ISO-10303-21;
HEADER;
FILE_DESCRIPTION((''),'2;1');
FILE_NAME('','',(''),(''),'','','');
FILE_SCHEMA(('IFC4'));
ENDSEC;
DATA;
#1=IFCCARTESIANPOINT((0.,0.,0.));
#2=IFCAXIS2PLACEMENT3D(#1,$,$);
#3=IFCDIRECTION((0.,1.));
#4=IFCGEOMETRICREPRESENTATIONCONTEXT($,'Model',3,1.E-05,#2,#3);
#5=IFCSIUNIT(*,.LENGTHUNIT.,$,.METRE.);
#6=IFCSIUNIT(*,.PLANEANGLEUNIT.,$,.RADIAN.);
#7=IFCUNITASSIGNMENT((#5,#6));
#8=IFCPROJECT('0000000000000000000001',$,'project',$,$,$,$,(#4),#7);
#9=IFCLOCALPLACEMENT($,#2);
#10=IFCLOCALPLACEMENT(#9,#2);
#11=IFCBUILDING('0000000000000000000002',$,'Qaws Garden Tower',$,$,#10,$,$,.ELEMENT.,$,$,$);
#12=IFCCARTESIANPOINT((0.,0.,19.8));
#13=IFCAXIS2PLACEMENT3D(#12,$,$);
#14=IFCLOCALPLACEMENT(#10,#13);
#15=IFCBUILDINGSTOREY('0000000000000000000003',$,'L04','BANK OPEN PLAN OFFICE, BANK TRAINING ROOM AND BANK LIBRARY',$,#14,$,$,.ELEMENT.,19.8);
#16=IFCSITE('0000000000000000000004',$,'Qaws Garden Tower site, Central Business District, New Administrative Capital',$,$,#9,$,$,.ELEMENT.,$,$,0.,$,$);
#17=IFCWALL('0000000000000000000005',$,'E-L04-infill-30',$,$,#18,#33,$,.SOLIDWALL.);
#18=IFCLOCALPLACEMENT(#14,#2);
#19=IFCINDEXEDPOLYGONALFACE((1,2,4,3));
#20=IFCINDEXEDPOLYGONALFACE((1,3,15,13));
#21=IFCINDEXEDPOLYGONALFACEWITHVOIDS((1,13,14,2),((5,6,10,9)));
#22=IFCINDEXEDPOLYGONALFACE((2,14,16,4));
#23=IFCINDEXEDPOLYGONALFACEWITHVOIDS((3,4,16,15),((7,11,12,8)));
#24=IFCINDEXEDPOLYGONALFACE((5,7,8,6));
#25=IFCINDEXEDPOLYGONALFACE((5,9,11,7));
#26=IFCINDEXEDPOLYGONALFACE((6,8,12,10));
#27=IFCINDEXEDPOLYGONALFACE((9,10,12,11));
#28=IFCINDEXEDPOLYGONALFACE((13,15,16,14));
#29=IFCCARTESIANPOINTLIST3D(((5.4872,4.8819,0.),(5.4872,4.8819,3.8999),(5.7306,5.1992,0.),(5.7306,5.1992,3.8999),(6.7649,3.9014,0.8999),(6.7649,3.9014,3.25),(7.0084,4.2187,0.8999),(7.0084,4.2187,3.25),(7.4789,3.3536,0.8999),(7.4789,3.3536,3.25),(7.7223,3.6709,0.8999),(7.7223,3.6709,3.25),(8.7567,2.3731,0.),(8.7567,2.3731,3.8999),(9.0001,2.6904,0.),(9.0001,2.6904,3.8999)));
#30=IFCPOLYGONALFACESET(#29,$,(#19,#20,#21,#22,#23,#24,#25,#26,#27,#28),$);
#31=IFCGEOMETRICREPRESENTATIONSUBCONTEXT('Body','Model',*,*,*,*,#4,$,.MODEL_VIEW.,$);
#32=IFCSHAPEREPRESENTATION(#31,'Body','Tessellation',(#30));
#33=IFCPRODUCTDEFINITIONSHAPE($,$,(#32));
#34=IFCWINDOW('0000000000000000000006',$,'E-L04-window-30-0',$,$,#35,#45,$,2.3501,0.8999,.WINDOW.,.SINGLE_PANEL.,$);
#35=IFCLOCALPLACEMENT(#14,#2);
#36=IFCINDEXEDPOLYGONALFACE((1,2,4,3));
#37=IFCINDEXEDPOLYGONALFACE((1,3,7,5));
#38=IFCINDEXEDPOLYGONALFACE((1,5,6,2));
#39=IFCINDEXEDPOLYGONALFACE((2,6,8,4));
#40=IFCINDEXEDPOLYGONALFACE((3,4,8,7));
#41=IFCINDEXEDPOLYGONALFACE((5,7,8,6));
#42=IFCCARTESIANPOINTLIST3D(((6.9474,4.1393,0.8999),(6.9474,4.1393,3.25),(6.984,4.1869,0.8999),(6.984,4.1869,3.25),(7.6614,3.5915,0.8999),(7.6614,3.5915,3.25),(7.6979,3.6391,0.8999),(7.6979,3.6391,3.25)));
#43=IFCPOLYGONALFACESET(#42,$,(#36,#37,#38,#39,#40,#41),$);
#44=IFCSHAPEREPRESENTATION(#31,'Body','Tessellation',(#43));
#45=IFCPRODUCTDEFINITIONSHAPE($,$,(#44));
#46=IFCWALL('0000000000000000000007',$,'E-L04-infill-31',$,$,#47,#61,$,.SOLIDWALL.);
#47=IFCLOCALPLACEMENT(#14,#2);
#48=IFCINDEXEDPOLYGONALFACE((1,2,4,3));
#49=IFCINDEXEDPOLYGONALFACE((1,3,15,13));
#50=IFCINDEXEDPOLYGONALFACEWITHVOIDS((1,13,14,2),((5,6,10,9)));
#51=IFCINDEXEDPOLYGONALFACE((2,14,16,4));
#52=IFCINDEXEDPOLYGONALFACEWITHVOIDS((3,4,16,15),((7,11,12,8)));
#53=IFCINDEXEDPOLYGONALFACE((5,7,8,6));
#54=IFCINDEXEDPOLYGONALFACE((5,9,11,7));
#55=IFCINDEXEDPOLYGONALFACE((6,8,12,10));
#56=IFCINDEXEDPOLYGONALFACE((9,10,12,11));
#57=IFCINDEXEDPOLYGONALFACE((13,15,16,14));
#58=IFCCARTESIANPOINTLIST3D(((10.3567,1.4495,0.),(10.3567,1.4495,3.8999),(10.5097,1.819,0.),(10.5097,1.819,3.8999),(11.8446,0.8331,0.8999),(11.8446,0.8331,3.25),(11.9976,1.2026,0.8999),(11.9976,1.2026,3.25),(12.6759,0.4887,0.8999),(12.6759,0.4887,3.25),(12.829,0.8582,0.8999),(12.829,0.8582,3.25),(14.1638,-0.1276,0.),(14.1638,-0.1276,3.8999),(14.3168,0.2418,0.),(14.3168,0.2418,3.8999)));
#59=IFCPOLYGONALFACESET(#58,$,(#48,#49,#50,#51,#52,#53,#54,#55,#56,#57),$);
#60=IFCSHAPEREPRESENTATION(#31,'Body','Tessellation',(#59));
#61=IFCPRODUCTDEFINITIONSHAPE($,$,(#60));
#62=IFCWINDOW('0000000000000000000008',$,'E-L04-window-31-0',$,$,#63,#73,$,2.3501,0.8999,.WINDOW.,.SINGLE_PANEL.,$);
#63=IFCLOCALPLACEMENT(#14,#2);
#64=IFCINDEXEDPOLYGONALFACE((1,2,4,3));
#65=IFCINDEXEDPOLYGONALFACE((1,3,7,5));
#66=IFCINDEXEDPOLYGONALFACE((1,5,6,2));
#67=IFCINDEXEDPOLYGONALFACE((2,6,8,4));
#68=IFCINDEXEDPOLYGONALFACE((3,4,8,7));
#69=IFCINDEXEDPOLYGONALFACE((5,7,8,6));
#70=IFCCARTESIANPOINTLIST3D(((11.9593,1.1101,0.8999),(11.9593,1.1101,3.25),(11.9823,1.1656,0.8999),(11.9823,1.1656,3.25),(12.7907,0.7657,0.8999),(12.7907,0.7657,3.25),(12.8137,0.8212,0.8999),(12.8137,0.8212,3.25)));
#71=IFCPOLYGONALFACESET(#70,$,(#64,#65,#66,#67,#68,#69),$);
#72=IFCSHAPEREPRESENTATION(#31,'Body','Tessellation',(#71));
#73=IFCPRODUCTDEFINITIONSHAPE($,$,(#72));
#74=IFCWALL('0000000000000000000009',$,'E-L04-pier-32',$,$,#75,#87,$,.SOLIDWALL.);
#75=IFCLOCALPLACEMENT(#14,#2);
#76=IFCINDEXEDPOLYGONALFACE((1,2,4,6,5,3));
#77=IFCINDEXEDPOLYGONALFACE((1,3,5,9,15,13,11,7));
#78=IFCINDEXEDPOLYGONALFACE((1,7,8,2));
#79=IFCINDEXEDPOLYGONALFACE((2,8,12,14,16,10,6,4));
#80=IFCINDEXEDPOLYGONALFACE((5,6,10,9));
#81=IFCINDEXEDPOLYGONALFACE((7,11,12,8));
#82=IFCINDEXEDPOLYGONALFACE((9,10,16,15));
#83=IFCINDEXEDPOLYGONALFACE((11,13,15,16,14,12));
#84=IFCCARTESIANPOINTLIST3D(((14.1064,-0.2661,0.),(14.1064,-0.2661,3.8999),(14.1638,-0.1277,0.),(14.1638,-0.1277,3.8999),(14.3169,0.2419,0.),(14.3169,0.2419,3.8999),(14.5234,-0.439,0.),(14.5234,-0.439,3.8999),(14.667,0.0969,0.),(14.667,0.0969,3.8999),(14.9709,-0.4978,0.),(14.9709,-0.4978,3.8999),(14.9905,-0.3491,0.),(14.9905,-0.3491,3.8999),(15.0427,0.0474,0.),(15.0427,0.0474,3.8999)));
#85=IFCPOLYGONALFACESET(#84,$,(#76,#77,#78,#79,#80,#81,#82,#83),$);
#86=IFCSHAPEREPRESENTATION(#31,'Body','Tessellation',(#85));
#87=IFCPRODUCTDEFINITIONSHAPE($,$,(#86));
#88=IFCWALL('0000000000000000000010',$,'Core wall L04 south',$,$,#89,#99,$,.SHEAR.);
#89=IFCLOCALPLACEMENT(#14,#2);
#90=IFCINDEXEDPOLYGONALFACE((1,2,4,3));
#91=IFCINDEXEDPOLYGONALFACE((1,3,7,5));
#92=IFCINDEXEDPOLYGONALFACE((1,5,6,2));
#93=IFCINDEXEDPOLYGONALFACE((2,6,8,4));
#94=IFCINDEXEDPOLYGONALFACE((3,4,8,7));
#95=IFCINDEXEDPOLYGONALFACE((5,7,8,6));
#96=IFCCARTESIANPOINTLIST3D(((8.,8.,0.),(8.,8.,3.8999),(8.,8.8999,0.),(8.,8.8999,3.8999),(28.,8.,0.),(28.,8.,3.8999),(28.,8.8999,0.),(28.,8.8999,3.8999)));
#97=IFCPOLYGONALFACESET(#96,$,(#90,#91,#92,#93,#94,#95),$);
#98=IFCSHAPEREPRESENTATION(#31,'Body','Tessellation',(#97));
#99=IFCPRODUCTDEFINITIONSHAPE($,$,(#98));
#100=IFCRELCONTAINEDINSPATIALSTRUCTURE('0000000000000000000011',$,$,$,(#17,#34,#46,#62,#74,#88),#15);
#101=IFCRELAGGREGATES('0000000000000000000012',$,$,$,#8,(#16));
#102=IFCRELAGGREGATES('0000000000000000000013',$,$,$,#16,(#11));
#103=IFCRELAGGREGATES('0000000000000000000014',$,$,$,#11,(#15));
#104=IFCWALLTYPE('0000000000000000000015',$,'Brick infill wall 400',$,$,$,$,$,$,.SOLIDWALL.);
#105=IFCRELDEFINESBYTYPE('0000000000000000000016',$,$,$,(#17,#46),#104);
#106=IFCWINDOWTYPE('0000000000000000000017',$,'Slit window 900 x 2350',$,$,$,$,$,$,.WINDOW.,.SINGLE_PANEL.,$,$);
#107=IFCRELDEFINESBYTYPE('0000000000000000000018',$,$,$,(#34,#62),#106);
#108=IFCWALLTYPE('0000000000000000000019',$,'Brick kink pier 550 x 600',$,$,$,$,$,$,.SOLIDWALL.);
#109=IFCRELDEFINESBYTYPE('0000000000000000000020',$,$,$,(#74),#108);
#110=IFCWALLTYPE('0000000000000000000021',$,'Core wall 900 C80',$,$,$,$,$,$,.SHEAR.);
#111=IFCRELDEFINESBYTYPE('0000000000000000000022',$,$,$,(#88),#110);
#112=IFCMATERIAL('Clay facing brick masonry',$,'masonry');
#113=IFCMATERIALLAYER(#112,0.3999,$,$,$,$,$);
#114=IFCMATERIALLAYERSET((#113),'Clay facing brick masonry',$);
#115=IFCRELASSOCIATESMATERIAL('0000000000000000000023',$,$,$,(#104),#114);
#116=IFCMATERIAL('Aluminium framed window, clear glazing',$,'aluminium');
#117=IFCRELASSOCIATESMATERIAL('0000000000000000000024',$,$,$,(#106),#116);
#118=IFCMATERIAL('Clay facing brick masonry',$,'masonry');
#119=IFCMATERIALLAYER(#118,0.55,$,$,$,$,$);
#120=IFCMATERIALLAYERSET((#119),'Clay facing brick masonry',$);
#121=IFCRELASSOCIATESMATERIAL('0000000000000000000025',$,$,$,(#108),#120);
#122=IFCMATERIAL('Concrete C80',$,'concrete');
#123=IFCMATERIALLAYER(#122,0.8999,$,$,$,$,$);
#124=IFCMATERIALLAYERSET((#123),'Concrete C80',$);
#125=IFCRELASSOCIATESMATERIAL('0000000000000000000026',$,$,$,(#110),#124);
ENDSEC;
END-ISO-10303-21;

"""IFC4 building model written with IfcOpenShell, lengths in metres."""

from ifc_helpers import new_model, si_unit, direction, frame, frame_2d, origin, place, context, subcontext, project, spatial, polyline, rectangle, outline, extrude, material, layer, layer_set, type_object, element, fill, save


model = new_model("IFC4")

# Units and contexts
model_context = context("Model", 3, precision=1e-05, world=origin(), true_north=direction((0.0, 1.0)))
body_context = subcontext(model_context, "Body", "Model", "MODEL_VIEW")
ifc_project = project(units=[si_unit("LENGTHUNIT", "METRE"), si_unit("PLANEANGLEUNIT", "RADIAN")], contexts=[model_context])

# Site, building, storey
site_placement = place(None, origin())
site = spatial("IfcSite", under=ifc_project, at=site_placement, Name="Qaws Garden Tower site, Central Business District, New Administrative Capital", CompositionType="ELEMENT", RefElevation=0.0)
building_placement = place(site_placement, origin())
building = spatial("IfcBuilding", under=site, at=building_placement, Name="Qaws Garden Tower", CompositionType="ELEMENT")
storey_placement = place(building_placement, frame((0.0, 0.0, 19.8)))
storey = spatial("IfcBuildingStorey", under=building, at=storey_placement, Name="L04", Description="BANK OPEN PLAN OFFICE, BANK TRAINING ROOM AND BANK LIBRARY", CompositionType="ELEMENT", Elevation=19.8)

# Shared definitions
placement_1 = place(storey_placement, origin())

# Walls, openings, windows
ifc_material_1 = material(Name="Clay facing brick masonry", Category="masonry")
ifc_layer_1 = layer(ifc_material_1, 0.3999)
ifc_layer_set_1 = layer_set([ifc_layer_1], Name="Clay facing brick masonry")
wall_type_1 = type_object("IfcWallType", Name="Brick infill wall 400", PredefinedType="SOLIDWALL", material=ifc_layer_set_1)
ifc_material_2 = material(Name="Aluminium framed window, clear glazing", Category="aluminium")
window_type = type_object("IfcWindowType", Name="Slit window 900 x 2350", PartitioningType="SINGLE_PANEL", PredefinedType="WINDOW", material=ifc_material_2)
wall_1_placement = place(storey_placement, frame((5.6089, 5.0405, 0.0), z_axis=(0.0, 0.0, 1.0), x_axis=(0.793355, -0.60876, 0.0)))
wall_1 = element("IfcWall", 1, at=wall_1_placement, inside=storey, type_object=wall_type_1, Name="E-L04-infill-30", PredefinedType="SOLIDWALL", context=body_context, shape_type="SweptSolid", body=[
    extrude(rectangle(XDim=4.1211, YDim=0.3999, at=frame_2d((2.0605, 0.0))), origin(), (0.0, 0.0, 1.0), 3.8999),
])
opening_1_placement = place(wall_1_placement, frame((1.6106, 0.0, 0.8999)))
opening_1 = element("IfcOpeningElement", 2, at=opening_1_placement, cuts=wall_1, PredefinedType="OPENING", context=body_context, shape_type="SweptSolid", body=[
    extrude(rectangle(XDim=0.8999, YDim=2.3501, at=frame_2d((0.45, 1.175))), frame((0.0, 0.21, 0.0), z_axis=(0.0, -1.0, 0.0), x_axis=(1.0, 0.0, 0.0)), (0.0, 0.0, 1.0), 0.4199),
])
window_1_placement = place(opening_1_placement, origin())
window_1 = element("IfcWindow", 3, at=window_1_placement, inside=storey, type_object=window_type, Name="E-L04-window-30-0", OverallHeight=2.3501, OverallWidth=0.8999, PartitioningType="SINGLE_PANEL", PredefinedType="WINDOW", context=body_context, shape_type="SweptSolid", body=[
    extrude(rectangle(XDim=0.8999, YDim=2.3501, at=frame_2d((0.45, 1.175))), frame((0.0, 0.1599, 0.0), z_axis=(0.0, -1.0, 0.0), x_axis=(1.0, 0.0, 0.0)), (0.0, 0.0, 1.0), 0.0601),
])
fill(opening_1, window_1)
wall_2_placement = place(storey_placement, frame((10.4331, 1.6343, 0.0), z_axis=(0.0, 0.0, 1.0), x_axis=(0.923864, -0.382722, 0.0)))
wall_2 = element("IfcWall", 4, at=wall_2_placement, inside=storey, type_object=wall_type_1, Name="E-L04-infill-31", PredefinedType="SOLIDWALL", context=body_context, shape_type="SweptSolid", body=[
    extrude(rectangle(XDim=4.1208, YDim=0.3999, at=frame_2d((2.0605, 0.0))), origin(), (0.0, 0.0, 1.0), 3.8999),
])
opening_2_placement = place(wall_2_placement, frame((1.6106, 0.0, 0.8999)))
opening_2 = element("IfcOpeningElement", 5, at=opening_2_placement, cuts=wall_2, PredefinedType="OPENING", context=body_context, shape_type="SweptSolid", body=[
    extrude(rectangle(XDim=0.8999, YDim=2.3501, at=frame_2d((0.45, 1.175))), frame((0.0, 0.21, 0.0), z_axis=(0.0, -1.0, 0.0), x_axis=(1.0, 0.0, 0.0)), (0.0, 0.0, 1.0), 0.4199),
])
window_2_placement = place(opening_2_placement, origin())
window_2 = element("IfcWindow", 6, at=window_2_placement, inside=storey, type_object=window_type, Name="E-L04-window-31-0", OverallHeight=2.3501, OverallWidth=0.8999, PartitioningType="SINGLE_PANEL", PredefinedType="WINDOW", context=body_context, shape_type="SweptSolid", body=[
    extrude(rectangle(XDim=0.8999, YDim=2.3501, at=frame_2d((0.45, 1.175))), frame((0.0, 0.1599, 0.0), z_axis=(0.0, -1.0, 0.0), x_axis=(1.0, 0.0, 0.0)), (0.0, 0.0, 1.0), 0.0601),
])
fill(opening_2, window_2)

# Walls
ifc_material_3 = material(Name="Clay facing brick masonry", Category="masonry")
ifc_layer_2 = layer(ifc_material_3, 0.55)
ifc_layer_set_2 = layer_set([ifc_layer_2], Name="Clay facing brick masonry")
wall_type_2 = type_object("IfcWallType", Name="Brick kink pier 550 x 600", PredefinedType="SOLIDWALL", material=ifc_layer_set_2)
element("IfcWall", 7, at=placement_1, inside=storey, type_object=wall_type_2, Name="E-L04-pier-32", PredefinedType="SOLIDWALL", context=body_context, shape_type="SweptSolid", body=[
    extrude(outline(polyline([(14.1638, -0.1277), (14.1064, -0.2661), (14.5234, -0.439), (14.9709, -0.4978), (14.9905, -0.3491), (15.0427, 0.0474), (14.667, 0.0969), (14.3169, 0.2419), (14.1638, -0.1277)])), origin(), (0.0, 0.0, 1.0), 3.8999),
])
ifc_material_4 = material(Name="Concrete C80", Category="concrete")
ifc_layer_3 = layer(ifc_material_4, 0.8999)
ifc_layer_set_3 = layer_set([ifc_layer_3], Name="Concrete C80")
wall_type_3 = type_object("IfcWallType", Name="Core wall 900 C80", PredefinedType="SHEAR", material=ifc_layer_set_3)
wall_3_placement = place(storey_placement, frame((8.0, 8.45, 0.0), z_axis=(0.0, 0.0, 1.0), x_axis=(1.0, 0.0, 0.0)))
element("IfcWall", 8, at=wall_3_placement, inside=storey, type_object=wall_type_3, Name="Core wall L04 south", PredefinedType="SHEAR", context=body_context, shape_type="SweptSolid", body=[
    extrude(rectangle(XDim=20.0, YDim=0.8999, at=frame_2d((10.0, 0.0))), origin(), (0.0, 0.0, 1.0), 3.8999),
])

save(model, "model.ifc")
